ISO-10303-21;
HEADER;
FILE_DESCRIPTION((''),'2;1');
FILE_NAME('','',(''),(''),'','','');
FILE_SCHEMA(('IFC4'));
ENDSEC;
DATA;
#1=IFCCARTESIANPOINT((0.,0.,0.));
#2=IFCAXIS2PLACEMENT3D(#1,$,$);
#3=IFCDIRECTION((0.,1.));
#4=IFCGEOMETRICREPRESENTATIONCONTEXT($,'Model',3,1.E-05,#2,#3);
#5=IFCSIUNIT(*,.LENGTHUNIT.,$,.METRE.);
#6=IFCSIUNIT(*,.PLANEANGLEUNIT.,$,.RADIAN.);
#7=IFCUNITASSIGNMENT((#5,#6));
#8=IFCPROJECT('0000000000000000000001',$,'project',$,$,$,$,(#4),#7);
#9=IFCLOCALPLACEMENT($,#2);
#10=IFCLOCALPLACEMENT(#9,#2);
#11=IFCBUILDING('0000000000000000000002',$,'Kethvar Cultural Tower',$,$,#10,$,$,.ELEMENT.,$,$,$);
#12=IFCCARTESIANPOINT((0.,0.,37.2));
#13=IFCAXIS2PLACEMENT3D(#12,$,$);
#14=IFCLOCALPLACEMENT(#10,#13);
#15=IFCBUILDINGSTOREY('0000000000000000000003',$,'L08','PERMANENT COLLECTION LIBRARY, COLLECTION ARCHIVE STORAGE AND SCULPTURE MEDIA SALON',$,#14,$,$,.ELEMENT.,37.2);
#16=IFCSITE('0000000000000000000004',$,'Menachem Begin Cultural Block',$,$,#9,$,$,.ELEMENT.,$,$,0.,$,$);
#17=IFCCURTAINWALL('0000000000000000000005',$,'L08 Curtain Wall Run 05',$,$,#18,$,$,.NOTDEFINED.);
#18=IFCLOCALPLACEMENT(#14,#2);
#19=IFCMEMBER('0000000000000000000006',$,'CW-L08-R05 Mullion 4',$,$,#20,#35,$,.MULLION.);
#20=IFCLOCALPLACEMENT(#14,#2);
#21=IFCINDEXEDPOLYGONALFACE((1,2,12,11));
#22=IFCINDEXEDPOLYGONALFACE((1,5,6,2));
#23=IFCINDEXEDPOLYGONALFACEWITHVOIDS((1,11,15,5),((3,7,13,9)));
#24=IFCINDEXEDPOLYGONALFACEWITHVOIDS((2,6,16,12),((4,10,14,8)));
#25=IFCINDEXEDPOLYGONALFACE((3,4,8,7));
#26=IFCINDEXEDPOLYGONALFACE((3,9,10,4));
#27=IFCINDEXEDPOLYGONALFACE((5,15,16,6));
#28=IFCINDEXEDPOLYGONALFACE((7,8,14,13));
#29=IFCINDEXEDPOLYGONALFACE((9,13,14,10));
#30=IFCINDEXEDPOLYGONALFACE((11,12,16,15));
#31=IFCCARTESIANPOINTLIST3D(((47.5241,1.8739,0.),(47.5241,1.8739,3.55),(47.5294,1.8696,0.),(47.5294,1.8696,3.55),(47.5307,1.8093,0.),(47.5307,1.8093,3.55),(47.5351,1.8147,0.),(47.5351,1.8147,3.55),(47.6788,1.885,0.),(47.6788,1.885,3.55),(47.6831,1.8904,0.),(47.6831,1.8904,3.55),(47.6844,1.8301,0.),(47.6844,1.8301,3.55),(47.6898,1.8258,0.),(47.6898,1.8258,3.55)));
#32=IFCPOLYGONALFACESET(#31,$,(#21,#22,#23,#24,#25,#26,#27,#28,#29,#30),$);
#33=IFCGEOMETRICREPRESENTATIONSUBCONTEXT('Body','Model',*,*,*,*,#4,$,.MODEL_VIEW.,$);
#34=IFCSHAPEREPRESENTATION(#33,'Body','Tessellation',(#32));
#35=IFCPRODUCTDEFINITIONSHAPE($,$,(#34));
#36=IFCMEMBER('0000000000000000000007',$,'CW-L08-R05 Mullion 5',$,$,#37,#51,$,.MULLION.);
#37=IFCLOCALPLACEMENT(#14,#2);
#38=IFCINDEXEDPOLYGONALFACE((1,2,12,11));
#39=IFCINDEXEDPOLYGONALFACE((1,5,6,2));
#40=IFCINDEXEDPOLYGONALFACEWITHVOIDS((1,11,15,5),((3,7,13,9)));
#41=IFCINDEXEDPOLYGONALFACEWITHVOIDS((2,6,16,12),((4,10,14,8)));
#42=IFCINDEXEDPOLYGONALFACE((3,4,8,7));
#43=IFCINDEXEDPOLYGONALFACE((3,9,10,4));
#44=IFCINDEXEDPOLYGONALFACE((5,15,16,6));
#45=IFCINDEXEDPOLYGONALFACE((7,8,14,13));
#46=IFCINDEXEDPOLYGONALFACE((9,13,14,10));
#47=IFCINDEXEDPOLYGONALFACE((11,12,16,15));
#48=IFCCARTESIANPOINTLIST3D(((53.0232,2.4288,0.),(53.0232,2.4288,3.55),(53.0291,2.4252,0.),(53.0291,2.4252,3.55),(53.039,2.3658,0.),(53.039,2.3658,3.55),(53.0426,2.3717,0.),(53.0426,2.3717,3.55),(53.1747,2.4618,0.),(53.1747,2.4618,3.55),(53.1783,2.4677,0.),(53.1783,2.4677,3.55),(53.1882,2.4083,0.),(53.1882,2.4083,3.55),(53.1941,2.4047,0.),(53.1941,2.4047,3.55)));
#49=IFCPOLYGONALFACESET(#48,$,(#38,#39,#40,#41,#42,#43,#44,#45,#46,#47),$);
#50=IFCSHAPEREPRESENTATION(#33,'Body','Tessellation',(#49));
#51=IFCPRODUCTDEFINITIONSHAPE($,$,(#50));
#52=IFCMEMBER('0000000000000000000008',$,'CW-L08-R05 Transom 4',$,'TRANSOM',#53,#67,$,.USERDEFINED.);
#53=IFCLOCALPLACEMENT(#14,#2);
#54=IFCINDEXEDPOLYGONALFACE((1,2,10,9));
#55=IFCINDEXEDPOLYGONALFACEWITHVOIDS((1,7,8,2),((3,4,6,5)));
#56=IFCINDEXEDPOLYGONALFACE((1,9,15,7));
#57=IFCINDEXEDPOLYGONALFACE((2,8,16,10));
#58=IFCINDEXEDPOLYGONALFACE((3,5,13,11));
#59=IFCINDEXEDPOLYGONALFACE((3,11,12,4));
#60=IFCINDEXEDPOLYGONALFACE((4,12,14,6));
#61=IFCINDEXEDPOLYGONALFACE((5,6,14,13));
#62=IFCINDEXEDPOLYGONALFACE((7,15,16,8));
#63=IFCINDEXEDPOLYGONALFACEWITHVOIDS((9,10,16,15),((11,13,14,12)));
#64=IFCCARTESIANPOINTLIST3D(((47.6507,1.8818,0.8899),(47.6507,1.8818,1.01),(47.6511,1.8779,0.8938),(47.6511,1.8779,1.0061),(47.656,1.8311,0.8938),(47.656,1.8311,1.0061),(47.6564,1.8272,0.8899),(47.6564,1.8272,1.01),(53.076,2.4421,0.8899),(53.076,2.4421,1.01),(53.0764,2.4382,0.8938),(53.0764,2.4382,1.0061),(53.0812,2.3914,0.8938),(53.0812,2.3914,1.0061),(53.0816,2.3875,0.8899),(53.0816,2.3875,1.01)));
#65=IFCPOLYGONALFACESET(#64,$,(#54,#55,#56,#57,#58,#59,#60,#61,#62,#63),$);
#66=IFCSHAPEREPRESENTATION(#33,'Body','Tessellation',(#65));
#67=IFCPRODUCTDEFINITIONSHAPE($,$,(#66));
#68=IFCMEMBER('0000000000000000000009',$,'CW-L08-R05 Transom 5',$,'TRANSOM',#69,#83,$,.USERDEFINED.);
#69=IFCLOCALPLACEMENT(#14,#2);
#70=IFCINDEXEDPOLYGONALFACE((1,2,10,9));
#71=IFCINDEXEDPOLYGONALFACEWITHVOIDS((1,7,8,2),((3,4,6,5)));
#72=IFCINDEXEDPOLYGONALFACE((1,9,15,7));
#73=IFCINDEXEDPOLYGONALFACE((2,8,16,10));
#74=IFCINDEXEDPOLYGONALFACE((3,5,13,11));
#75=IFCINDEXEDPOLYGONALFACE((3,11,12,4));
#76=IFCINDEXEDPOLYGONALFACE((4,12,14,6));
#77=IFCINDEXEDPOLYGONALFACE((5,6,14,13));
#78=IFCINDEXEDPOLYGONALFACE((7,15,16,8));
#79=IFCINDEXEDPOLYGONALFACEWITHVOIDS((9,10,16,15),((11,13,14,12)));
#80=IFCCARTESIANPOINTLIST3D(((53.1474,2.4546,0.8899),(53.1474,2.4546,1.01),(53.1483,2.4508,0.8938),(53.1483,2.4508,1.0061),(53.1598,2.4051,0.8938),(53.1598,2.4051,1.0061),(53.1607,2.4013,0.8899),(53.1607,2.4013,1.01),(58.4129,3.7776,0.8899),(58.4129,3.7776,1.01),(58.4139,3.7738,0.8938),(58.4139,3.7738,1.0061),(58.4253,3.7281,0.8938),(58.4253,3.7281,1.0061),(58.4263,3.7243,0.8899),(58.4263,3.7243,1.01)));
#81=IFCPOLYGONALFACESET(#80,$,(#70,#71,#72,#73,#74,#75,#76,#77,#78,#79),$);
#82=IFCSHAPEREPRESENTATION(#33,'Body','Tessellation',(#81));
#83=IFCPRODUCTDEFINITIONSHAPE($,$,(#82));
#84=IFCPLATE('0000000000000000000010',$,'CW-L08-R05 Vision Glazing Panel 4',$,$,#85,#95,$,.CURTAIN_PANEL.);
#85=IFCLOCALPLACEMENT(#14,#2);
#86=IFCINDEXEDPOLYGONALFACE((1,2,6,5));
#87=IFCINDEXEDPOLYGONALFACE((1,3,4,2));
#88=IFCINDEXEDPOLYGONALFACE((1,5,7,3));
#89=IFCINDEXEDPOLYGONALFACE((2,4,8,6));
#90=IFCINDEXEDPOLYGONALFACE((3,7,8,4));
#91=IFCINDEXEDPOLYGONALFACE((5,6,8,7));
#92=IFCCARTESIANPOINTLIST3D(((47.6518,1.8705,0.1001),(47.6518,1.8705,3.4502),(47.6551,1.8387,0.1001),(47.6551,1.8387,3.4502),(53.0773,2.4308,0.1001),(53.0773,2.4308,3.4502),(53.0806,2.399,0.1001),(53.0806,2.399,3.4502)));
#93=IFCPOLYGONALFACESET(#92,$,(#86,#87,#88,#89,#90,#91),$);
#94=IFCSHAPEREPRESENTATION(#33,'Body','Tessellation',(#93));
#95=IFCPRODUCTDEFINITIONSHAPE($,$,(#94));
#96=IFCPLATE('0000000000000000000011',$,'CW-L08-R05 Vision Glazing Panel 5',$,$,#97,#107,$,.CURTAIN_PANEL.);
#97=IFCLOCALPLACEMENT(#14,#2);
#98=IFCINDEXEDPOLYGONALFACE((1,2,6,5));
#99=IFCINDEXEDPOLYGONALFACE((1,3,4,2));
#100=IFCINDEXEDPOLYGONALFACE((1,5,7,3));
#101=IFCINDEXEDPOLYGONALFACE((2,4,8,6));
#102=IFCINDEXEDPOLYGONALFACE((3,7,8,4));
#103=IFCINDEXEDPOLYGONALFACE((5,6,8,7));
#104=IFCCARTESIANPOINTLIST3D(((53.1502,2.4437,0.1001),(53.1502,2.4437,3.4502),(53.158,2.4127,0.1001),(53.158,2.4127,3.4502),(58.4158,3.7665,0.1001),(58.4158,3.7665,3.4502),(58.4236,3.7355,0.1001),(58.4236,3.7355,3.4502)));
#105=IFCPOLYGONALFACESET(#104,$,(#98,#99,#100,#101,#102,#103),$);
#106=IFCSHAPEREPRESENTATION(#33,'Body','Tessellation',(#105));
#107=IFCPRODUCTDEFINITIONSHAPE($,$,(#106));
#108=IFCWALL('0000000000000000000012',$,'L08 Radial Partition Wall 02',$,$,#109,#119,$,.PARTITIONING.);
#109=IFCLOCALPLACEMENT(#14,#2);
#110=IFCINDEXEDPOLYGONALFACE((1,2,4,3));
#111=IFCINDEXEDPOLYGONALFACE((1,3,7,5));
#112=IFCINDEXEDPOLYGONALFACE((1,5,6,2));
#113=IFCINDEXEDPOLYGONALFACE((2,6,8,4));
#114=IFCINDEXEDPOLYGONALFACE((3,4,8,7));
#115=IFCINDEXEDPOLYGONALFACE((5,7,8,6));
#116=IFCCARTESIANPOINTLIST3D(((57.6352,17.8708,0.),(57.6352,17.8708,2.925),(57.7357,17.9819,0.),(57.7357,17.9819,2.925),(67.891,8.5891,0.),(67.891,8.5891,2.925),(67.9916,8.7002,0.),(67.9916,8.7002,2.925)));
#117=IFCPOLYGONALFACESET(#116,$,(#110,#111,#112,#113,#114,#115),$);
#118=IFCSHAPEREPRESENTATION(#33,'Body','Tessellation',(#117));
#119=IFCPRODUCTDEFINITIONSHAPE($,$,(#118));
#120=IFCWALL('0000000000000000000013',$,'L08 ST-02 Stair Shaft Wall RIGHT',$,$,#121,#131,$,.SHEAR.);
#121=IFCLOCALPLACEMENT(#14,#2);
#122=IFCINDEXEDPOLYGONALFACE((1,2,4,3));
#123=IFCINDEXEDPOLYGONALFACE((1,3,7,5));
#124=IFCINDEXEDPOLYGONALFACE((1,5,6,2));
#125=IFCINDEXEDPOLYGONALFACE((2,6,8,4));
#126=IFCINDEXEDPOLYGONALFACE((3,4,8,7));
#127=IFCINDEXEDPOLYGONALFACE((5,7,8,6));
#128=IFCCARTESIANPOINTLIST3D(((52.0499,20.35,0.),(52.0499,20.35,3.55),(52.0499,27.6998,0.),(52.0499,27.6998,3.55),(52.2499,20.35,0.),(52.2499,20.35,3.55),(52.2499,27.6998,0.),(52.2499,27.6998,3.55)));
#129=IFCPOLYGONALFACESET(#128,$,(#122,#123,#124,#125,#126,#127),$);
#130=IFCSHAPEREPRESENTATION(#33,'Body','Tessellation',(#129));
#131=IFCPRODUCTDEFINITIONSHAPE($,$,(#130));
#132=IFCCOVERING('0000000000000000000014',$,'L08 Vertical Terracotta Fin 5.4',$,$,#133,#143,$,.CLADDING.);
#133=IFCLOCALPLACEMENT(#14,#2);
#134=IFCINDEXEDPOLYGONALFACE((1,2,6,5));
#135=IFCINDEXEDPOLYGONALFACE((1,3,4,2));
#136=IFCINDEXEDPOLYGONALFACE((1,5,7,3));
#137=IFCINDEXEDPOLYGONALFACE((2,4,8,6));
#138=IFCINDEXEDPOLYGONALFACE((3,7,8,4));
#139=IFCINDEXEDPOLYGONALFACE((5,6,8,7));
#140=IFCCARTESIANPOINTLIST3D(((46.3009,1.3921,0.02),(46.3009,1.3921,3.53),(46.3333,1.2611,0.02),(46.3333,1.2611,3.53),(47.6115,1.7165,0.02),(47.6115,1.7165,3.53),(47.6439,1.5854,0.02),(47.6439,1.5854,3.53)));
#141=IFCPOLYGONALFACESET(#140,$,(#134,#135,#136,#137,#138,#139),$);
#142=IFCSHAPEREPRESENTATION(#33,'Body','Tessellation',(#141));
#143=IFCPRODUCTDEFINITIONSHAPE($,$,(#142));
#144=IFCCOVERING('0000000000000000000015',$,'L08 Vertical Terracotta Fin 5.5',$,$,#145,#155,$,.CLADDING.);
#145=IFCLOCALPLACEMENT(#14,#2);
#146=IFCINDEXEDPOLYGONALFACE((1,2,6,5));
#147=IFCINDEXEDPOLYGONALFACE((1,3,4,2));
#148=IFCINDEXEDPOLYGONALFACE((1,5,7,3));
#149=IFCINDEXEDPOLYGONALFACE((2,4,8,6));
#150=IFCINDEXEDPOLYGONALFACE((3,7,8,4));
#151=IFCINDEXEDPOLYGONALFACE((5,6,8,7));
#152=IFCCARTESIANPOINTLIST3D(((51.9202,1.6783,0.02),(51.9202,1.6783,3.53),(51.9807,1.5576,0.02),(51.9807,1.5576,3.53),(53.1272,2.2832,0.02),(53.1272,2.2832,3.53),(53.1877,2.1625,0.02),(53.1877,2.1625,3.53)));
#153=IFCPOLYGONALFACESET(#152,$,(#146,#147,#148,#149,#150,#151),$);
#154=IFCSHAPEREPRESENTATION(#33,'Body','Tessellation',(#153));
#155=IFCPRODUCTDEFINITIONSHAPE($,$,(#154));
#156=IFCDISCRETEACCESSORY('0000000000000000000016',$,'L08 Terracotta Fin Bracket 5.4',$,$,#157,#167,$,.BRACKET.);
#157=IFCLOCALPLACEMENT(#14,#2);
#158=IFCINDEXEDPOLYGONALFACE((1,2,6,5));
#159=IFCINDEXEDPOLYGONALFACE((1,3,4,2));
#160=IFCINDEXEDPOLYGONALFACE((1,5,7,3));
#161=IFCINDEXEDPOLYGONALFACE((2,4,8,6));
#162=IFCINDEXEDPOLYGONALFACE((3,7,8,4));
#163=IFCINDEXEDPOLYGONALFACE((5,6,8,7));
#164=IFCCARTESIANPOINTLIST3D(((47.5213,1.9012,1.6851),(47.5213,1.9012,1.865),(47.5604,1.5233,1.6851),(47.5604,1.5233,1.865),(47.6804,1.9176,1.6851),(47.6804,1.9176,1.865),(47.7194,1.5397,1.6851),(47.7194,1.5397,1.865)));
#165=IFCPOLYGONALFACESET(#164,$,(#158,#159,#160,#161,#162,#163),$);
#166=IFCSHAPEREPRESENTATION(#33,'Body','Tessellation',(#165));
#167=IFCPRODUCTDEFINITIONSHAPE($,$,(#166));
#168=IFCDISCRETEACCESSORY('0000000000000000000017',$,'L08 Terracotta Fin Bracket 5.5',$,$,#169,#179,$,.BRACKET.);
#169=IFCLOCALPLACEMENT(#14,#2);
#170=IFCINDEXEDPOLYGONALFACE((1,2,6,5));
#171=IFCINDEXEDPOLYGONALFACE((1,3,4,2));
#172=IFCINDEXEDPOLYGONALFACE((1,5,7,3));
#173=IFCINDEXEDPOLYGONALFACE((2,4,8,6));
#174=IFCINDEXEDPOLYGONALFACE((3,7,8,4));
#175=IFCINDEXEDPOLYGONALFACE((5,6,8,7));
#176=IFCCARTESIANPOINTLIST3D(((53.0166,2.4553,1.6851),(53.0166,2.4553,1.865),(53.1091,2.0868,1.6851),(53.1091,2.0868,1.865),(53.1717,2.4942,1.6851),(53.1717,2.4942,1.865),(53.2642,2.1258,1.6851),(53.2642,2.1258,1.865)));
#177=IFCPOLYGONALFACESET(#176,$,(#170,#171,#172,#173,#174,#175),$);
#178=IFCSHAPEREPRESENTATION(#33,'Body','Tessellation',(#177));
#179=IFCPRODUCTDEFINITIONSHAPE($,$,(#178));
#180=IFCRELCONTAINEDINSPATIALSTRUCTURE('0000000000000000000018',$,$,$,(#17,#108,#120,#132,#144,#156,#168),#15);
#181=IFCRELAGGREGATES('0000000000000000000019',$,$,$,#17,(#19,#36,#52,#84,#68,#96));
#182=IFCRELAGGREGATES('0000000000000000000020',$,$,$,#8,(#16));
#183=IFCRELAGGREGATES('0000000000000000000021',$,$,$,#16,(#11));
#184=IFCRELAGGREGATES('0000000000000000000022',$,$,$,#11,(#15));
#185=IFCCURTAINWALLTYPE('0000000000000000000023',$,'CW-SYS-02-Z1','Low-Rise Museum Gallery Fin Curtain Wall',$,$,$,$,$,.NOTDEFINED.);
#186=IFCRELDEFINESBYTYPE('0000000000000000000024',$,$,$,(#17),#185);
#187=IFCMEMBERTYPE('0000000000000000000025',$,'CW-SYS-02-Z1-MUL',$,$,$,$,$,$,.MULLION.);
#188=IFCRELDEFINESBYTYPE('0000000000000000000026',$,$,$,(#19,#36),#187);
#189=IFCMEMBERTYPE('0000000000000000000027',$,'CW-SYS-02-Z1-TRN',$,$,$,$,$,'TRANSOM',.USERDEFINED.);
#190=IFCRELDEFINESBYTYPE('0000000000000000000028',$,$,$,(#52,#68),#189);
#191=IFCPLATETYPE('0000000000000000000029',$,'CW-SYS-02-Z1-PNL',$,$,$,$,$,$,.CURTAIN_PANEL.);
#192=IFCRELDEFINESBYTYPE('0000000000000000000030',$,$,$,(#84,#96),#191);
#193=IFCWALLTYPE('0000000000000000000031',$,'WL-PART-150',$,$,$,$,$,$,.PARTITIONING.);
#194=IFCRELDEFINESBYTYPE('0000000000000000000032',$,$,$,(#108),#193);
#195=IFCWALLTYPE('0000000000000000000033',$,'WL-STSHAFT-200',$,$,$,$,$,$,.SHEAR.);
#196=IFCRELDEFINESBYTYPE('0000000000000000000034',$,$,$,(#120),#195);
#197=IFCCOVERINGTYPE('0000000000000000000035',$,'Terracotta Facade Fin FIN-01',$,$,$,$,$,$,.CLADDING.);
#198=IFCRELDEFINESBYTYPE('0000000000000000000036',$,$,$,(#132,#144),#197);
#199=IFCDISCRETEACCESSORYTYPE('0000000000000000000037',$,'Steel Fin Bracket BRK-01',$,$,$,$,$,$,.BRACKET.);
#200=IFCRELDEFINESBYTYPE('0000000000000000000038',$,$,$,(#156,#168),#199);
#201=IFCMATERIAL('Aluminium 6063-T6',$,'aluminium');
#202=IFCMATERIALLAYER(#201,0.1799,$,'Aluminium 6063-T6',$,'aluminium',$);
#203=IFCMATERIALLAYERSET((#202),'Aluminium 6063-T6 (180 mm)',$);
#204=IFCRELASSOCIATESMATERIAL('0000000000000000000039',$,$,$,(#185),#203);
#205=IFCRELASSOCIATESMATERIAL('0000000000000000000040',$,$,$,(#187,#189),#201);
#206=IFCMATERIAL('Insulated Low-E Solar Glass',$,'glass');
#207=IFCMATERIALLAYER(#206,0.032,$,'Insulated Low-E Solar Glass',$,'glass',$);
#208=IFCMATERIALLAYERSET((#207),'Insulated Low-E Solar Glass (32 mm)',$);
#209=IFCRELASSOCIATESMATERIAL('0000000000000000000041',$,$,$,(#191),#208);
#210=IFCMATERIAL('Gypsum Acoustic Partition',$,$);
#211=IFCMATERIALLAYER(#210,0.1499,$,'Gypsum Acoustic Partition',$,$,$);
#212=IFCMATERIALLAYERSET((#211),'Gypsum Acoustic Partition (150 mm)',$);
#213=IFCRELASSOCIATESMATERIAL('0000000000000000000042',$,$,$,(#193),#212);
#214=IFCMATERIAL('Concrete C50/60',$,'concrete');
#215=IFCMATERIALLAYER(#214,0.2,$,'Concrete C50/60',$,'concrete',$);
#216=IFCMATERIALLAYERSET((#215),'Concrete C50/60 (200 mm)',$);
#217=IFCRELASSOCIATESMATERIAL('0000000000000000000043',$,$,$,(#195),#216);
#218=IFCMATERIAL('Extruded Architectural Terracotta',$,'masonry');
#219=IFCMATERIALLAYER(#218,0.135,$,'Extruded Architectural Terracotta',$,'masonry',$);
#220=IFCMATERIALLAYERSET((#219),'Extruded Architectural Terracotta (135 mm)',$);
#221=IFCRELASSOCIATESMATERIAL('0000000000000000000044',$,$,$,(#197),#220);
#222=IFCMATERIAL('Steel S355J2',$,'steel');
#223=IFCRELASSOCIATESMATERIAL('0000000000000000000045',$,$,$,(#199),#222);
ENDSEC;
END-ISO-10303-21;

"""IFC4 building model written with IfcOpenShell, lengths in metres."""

from ifc_helpers import new_model, si_unit, direction, frame, frame_2d, origin, origin_2d, place, context, subcontext, project, spatial, rectangle, hollow_rectangle, extrude, source, transform, mapped, material, layer, layer_set, material_profile, profile_set, type_object, element, aggregate, save


model = new_model("IFC4")

# Units and contexts
model_context = context("Model", 3, precision=1e-05, world=origin(), true_north=direction((0.0, 1.0)))
body_context = subcontext(model_context, "Body", "Model", "MODEL_VIEW")
ifc_project = project(units=[si_unit("LENGTHUNIT", "METRE"), si_unit("PLANEANGLEUNIT", "RADIAN")], contexts=[model_context])

# Site, building, storey
site_placement = place(None, origin())
site = spatial("IfcSite", under=ifc_project, at=site_placement, Name="Menachem Begin Cultural Block", CompositionType="ELEMENT", RefElevation=0.0)
building_placement = place(site_placement, origin())
building = spatial("IfcBuilding", under=site, at=building_placement, Name="Kethvar Cultural Tower", CompositionType="ELEMENT")
storey_placement = place(building_placement, frame((0.0, 0.0, 37.2)))
storey = spatial("IfcBuildingStorey", under=building, at=storey_placement, Name="L08", Description="PERMANENT COLLECTION LIBRARY, COLLECTION ARCHIVE STORAGE AND SCULPTURE MEDIA SALON", CompositionType="ELEMENT", Elevation=37.2)

# Shared definitions
ifc_material_1 = material(Name="Steel S355J2", Category="steel")

# Curtain wall, members, plates
ifc_material_2 = material(Name="Aluminium 6063-T6", Category="aluminium")
ifc_layer_1 = layer(ifc_material_2, 0.1799, Name="Aluminium 6063-T6", Category="aluminium")
ifc_layer_set_1 = layer_set([ifc_layer_1], Name="Aluminium 6063-T6 (180 mm)")
curtain_wall_type = type_object("IfcCurtainWallType", Name="CW-SYS-02-Z1", Description="Low-Rise Museum Gallery Fin Curtain Wall", PredefinedType="NOTDEFINED", material=ifc_layer_set_1)
curtain_wall_placement = place(storey_placement, origin())
curtain_wall = element("IfcCurtainWall", 1, at=curtain_wall_placement, inside=storey, type_object=curtain_wall_type, Name="L08 Curtain Wall Run 05", PredefinedType="NOTDEFINED")
ifc_material_profile_1 = material_profile(ifc_material_2, hollow_rectangle(XDim=0.0649, YDim=0.1599, WallThickness=0.0049, at=origin_2d()), Name="Aluminium 6063-T6 — RHS160x65x5")
ifc_profile_set_1 = profile_set([ifc_material_profile_1], Name="Aluminium 6063-T6 — RHS160x65x5")
member_type_1 = type_object("IfcMemberType", Name="CW-SYS-02-Z1-MUL", PredefinedType="MULLION", material=ifc_profile_set_1)
shared_shape_1 = source(origin(), body_context, "Body", "SweptSolid", [
    extrude(hollow_rectangle(XDim=0.0649, YDim=0.1599, WallThickness=0.0049, at=origin_2d()), origin(), (0.0, 0.0, 1.0), 3.55),
])
member_1_placement = place(storey_placement, frame((47.6069, 1.8499, 0.0), z_axis=(0.0, 0.0, 1.0), x_axis=(-0.102723, 0.99471, 0.0)))
member_1 = element("IfcMember", 2, at=member_1_placement, type_object=member_type_1, Name="CW-L08-R05 Mullion 4", PredefinedType="MULLION", context=body_context, shape_type="MappedRepresentation", body=[
    mapped(shared_shape_1, transform((0.0, 0.0, 0.0), scale=1.0)),
])
member_2_placement = place(storey_placement, frame((53.1086, 2.4167, 0.0), z_axis=(0.0, 0.0, 1.0), x_axis=(-0.243632, 0.969868, 0.0)))
member_2 = element("IfcMember", 3, at=member_2_placement, type_object=member_type_1, Name="CW-L08-R05 Mullion 5", PredefinedType="MULLION", context=body_context, shape_type="MappedRepresentation", body=[
    mapped(shared_shape_1, transform((0.0, 0.0, 0.0), scale=1.0)),
])
ifc_material_profile_2 = material_profile(ifc_material_2, hollow_rectangle(XDim=0.0549, YDim=0.1201, WallThickness=0.0039, at=origin_2d()), Name="Aluminium 6063-T6 — RHS120x55x4")
ifc_profile_set_2 = profile_set([ifc_material_profile_2], Name="Aluminium 6063-T6 — RHS120x55x4")
member_type_2 = type_object("IfcMemberType", Name="CW-SYS-02-Z1-TRN", ElementType="TRANSOM", PredefinedType="USERDEFINED", material=ifc_profile_set_2)
shared_shape_2 = source(origin(), body_context, "Body", "SweptSolid", [
    extrude(hollow_rectangle(XDim=0.0549, YDim=0.1201, WallThickness=0.0039, at=origin_2d()), origin(), (0.0, 0.0, 1.0), 5.4541),
])
member_3_placement = place(storey_placement, frame((47.6536, 1.8545, 0.95), z_axis=(0.994709, 0.10273, 0.0), x_axis=(-0.10273, 0.994709, 0.0)))
member_3 = element("IfcMember", 4, at=member_3_placement, type_object=member_type_2, Name="CW-L08-R05 Transom 4", ObjectType="TRANSOM", PredefinedType="USERDEFINED", context=body_context, shape_type="MappedRepresentation", body=[
    mapped(shared_shape_2, transform((0.0, 0.0, 0.0), scale=1.0)),
])
shared_shape_3 = source(origin(), body_context, "Body", "SweptSolid", [
    extrude(hollow_rectangle(XDim=0.0549, YDim=0.1201, WallThickness=0.0039, at=origin_2d()), origin(), (0.0, 0.0, 1.0), 5.4292),
])
member_4_placement = place(storey_placement, frame((53.1541, 2.428, 0.95), z_axis=(0.969856, 0.243678, 0.0), x_axis=(-0.243678, 0.969856, 0.0)))
member_4 = element("IfcMember", 5, at=member_4_placement, type_object=member_type_2, Name="CW-L08-R05 Transom 5", ObjectType="TRANSOM", PredefinedType="USERDEFINED", context=body_context, shape_type="MappedRepresentation", body=[
    mapped(shared_shape_3, transform((0.0, 0.0, 0.0), scale=1.0)),
])
ifc_material_3 = material(Name="Insulated Low-E Solar Glass", Category="glass")
ifc_layer_2 = layer(ifc_material_3, 0.032, Name="Insulated Low-E Solar Glass", Category="glass")
ifc_layer_set_2 = layer_set([ifc_layer_2], Name="Insulated Low-E Solar Glass (32 mm)")
plate_type = type_object("IfcPlateType", Name="CW-SYS-02-Z1-PNL", PredefinedType="CURTAIN_PANEL", material=ifc_layer_set_2)
shared_shape_4 = source(origin(), body_context, "Body", "SweptSolid", [
    extrude(rectangle(XDim=5.4543, YDim=0.032, at=origin_2d()), origin(), (0.0, 0.0, 1.0), 3.3501),
])
plate_1_placement = place(storey_placement, frame((50.3662, 2.1348, 0.1001), z_axis=(0.0, 0.0, 1.0), x_axis=(0.99471, 0.102723, 0.0)))
plate_1 = element("IfcPlate", 6, at=plate_1_placement, type_object=plate_type, Name="CW-L08-R05 Vision Glazing Panel 4", PredefinedType="CURTAIN_PANEL", context=body_context, shape_type="MappedRepresentation", body=[
    mapped(shared_shape_4, transform((0.0, 0.0, 0.0), scale=1.0)),
])
shared_shape_5 = source(origin(), body_context, "Body", "SweptSolid", [
    extrude(rectangle(XDim=5.4292, YDim=0.032, at=origin_2d()), origin(), (0.0, 0.0, 1.0), 3.3501),
])
plate_2_placement = place(storey_placement, frame((55.7869, 3.0896, 0.1001), z_axis=(0.0, 0.0, 1.0), x_axis=(0.969868, 0.243632, 0.0)))
plate_2 = element("IfcPlate", 7, at=plate_2_placement, type_object=plate_type, Name="CW-L08-R05 Vision Glazing Panel 5", PredefinedType="CURTAIN_PANEL", context=body_context, shape_type="MappedRepresentation", body=[
    mapped(shared_shape_5, transform((0.0, 0.0, 0.0), scale=1.0)),
])
aggregate(curtain_wall, [member_1, member_2, member_3, plate_1, member_4, plate_2])

# Walls
ifc_material_4 = material(Name="Gypsum Acoustic Partition")
ifc_layer_3 = layer(ifc_material_4, 0.1499, Name="Gypsum Acoustic Partition")
ifc_layer_set_3 = layer_set([ifc_layer_3], Name="Gypsum Acoustic Partition (150 mm)")
wall_type_1 = type_object("IfcWallType", Name="WL-PART-150", PredefinedType="PARTITIONING", material=ifc_layer_set_3)
wall_1_placement = place(storey_placement, frame((57.6855, 17.9263, 0.0), z_axis=(0.0, 0.0, 1.0), x_axis=(0.741441, -0.671018, 0.0)))
element("IfcWall", 8, at=wall_1_placement, inside=storey, type_object=wall_type_1, Name="L08 Radial Partition Wall 02", PredefinedType="PARTITIONING", context=body_context, shape_type="SweptSolid", body=[
    extrude(rectangle(XDim=13.8323, YDim=0.1499, at=frame_2d((6.916, 0.0))), origin(), (0.0, 0.0, 1.0), 2.925),
])
ifc_material_5 = material(Name="Concrete C50/60", Category="concrete")
ifc_layer_4 = layer(ifc_material_5, 0.2, Name="Concrete C50/60", Category="concrete")
ifc_layer_set_4 = layer_set([ifc_layer_4], Name="Concrete C50/60 (200 mm)")
wall_type_2 = type_object("IfcWallType", Name="WL-STSHAFT-200", PredefinedType="SHEAR", material=ifc_layer_set_4)
wall_2_placement = place(storey_placement, frame((52.1499, 20.3501, 0.0), z_axis=(0.0, 0.0, 1.0), x_axis=(0.0, 1.0, 0.0)))
element("IfcWall", 9, at=wall_2_placement, inside=storey, type_object=wall_type_2, Name="L08 ST-02 Stair Shaft Wall RIGHT", PredefinedType="SHEAR", context=body_context, shape_type="SweptSolid", body=[
    extrude(rectangle(XDim=7.3499, YDim=0.2, at=frame_2d((3.6748, 0.0))), origin(), (0.0, 0.0, 1.0), 3.55),
])

# Coverings
ifc_material_6 = material(Name="Extruded Architectural Terracotta", Category="masonry")
ifc_layer_5 = layer(ifc_material_6, 0.135, Name="Extruded Architectural Terracotta", Category="masonry")
ifc_layer_set_5 = layer_set([ifc_layer_5], Name="Extruded Architectural Terracotta (135 mm)")
covering_type = type_object("IfcCoveringType", Name="Terracotta Facade Fin FIN-01", PredefinedType="CLADDING", material=ifc_layer_set_5)
shared_shape_6 = source(origin(), body_context, "Body", "SweptSolid", [
    extrude(rectangle(XDim=1.3501, YDim=0.135, at=origin_2d()), origin(), (0.0, 0.0, 1.0), 3.51),
])
for number, where, z_axis, x_axis, name in (
    (10, (46.9724, 1.4888, 0.02), (0.0, 0.0, 1.0), (-0.970716, -0.240228, 0.0), "L08 Vertical Terracotta Fin 5.4"),
    (11, (52.554, 1.9204, 0.02), (0.0, 0.0, 1.0), (-0.893998, -0.448071, 0.0), "L08 Vertical Terracotta Fin 5.5"),
):
    element("IfcCovering", number, at=place(storey_placement, frame(where, z_axis=z_axis, x_axis=x_axis)), inside=storey, type_object=covering_type, Name=name, PredefinedType="CLADDING", context=body_context, shape_type="MappedRepresentation", body=[
        mapped(shared_shape_6, transform((0.0, 0.0, 0.0), scale=1.0)),
    ])

# Discrete accessories
discrete_accessory_type = type_object("IfcDiscreteAccessoryType", Name="Steel Fin Bracket BRK-01", PredefinedType="BRACKET", material=ifc_material_1)
shared_shape_7 = source(origin(), body_context, "Body", "SweptSolid", [
    extrude(rectangle(XDim=0.3799, YDim=0.1599, at=origin_2d()), origin(), (0.0, 0.0, 1.0), 0.1799),
])
for number, where, z_axis, x_axis, name in (
    (12, (47.6204, 1.7205, 1.6851), (0.0, 0.0, 1.0), (0.102793, -0.994703, 0.0), "L08 Terracotta Fin Bracket 5.4"),
    (13, (53.1404, 2.2905, 1.6851), (0.0, 0.0, 1.0), (0.243615, -0.969872, 0.0), "L08 Terracotta Fin Bracket 5.5"),
):
    element("IfcDiscreteAccessory", number, at=place(storey_placement, frame(where, z_axis=z_axis, x_axis=x_axis)), inside=storey, type_object=discrete_accessory_type, Name=name, PredefinedType="BRACKET", context=body_context, shape_type="MappedRepresentation", body=[
        mapped(shared_shape_7, transform((0.0, 0.0, 0.0), scale=1.0)),
    ])

save(model, "model.ifc")
